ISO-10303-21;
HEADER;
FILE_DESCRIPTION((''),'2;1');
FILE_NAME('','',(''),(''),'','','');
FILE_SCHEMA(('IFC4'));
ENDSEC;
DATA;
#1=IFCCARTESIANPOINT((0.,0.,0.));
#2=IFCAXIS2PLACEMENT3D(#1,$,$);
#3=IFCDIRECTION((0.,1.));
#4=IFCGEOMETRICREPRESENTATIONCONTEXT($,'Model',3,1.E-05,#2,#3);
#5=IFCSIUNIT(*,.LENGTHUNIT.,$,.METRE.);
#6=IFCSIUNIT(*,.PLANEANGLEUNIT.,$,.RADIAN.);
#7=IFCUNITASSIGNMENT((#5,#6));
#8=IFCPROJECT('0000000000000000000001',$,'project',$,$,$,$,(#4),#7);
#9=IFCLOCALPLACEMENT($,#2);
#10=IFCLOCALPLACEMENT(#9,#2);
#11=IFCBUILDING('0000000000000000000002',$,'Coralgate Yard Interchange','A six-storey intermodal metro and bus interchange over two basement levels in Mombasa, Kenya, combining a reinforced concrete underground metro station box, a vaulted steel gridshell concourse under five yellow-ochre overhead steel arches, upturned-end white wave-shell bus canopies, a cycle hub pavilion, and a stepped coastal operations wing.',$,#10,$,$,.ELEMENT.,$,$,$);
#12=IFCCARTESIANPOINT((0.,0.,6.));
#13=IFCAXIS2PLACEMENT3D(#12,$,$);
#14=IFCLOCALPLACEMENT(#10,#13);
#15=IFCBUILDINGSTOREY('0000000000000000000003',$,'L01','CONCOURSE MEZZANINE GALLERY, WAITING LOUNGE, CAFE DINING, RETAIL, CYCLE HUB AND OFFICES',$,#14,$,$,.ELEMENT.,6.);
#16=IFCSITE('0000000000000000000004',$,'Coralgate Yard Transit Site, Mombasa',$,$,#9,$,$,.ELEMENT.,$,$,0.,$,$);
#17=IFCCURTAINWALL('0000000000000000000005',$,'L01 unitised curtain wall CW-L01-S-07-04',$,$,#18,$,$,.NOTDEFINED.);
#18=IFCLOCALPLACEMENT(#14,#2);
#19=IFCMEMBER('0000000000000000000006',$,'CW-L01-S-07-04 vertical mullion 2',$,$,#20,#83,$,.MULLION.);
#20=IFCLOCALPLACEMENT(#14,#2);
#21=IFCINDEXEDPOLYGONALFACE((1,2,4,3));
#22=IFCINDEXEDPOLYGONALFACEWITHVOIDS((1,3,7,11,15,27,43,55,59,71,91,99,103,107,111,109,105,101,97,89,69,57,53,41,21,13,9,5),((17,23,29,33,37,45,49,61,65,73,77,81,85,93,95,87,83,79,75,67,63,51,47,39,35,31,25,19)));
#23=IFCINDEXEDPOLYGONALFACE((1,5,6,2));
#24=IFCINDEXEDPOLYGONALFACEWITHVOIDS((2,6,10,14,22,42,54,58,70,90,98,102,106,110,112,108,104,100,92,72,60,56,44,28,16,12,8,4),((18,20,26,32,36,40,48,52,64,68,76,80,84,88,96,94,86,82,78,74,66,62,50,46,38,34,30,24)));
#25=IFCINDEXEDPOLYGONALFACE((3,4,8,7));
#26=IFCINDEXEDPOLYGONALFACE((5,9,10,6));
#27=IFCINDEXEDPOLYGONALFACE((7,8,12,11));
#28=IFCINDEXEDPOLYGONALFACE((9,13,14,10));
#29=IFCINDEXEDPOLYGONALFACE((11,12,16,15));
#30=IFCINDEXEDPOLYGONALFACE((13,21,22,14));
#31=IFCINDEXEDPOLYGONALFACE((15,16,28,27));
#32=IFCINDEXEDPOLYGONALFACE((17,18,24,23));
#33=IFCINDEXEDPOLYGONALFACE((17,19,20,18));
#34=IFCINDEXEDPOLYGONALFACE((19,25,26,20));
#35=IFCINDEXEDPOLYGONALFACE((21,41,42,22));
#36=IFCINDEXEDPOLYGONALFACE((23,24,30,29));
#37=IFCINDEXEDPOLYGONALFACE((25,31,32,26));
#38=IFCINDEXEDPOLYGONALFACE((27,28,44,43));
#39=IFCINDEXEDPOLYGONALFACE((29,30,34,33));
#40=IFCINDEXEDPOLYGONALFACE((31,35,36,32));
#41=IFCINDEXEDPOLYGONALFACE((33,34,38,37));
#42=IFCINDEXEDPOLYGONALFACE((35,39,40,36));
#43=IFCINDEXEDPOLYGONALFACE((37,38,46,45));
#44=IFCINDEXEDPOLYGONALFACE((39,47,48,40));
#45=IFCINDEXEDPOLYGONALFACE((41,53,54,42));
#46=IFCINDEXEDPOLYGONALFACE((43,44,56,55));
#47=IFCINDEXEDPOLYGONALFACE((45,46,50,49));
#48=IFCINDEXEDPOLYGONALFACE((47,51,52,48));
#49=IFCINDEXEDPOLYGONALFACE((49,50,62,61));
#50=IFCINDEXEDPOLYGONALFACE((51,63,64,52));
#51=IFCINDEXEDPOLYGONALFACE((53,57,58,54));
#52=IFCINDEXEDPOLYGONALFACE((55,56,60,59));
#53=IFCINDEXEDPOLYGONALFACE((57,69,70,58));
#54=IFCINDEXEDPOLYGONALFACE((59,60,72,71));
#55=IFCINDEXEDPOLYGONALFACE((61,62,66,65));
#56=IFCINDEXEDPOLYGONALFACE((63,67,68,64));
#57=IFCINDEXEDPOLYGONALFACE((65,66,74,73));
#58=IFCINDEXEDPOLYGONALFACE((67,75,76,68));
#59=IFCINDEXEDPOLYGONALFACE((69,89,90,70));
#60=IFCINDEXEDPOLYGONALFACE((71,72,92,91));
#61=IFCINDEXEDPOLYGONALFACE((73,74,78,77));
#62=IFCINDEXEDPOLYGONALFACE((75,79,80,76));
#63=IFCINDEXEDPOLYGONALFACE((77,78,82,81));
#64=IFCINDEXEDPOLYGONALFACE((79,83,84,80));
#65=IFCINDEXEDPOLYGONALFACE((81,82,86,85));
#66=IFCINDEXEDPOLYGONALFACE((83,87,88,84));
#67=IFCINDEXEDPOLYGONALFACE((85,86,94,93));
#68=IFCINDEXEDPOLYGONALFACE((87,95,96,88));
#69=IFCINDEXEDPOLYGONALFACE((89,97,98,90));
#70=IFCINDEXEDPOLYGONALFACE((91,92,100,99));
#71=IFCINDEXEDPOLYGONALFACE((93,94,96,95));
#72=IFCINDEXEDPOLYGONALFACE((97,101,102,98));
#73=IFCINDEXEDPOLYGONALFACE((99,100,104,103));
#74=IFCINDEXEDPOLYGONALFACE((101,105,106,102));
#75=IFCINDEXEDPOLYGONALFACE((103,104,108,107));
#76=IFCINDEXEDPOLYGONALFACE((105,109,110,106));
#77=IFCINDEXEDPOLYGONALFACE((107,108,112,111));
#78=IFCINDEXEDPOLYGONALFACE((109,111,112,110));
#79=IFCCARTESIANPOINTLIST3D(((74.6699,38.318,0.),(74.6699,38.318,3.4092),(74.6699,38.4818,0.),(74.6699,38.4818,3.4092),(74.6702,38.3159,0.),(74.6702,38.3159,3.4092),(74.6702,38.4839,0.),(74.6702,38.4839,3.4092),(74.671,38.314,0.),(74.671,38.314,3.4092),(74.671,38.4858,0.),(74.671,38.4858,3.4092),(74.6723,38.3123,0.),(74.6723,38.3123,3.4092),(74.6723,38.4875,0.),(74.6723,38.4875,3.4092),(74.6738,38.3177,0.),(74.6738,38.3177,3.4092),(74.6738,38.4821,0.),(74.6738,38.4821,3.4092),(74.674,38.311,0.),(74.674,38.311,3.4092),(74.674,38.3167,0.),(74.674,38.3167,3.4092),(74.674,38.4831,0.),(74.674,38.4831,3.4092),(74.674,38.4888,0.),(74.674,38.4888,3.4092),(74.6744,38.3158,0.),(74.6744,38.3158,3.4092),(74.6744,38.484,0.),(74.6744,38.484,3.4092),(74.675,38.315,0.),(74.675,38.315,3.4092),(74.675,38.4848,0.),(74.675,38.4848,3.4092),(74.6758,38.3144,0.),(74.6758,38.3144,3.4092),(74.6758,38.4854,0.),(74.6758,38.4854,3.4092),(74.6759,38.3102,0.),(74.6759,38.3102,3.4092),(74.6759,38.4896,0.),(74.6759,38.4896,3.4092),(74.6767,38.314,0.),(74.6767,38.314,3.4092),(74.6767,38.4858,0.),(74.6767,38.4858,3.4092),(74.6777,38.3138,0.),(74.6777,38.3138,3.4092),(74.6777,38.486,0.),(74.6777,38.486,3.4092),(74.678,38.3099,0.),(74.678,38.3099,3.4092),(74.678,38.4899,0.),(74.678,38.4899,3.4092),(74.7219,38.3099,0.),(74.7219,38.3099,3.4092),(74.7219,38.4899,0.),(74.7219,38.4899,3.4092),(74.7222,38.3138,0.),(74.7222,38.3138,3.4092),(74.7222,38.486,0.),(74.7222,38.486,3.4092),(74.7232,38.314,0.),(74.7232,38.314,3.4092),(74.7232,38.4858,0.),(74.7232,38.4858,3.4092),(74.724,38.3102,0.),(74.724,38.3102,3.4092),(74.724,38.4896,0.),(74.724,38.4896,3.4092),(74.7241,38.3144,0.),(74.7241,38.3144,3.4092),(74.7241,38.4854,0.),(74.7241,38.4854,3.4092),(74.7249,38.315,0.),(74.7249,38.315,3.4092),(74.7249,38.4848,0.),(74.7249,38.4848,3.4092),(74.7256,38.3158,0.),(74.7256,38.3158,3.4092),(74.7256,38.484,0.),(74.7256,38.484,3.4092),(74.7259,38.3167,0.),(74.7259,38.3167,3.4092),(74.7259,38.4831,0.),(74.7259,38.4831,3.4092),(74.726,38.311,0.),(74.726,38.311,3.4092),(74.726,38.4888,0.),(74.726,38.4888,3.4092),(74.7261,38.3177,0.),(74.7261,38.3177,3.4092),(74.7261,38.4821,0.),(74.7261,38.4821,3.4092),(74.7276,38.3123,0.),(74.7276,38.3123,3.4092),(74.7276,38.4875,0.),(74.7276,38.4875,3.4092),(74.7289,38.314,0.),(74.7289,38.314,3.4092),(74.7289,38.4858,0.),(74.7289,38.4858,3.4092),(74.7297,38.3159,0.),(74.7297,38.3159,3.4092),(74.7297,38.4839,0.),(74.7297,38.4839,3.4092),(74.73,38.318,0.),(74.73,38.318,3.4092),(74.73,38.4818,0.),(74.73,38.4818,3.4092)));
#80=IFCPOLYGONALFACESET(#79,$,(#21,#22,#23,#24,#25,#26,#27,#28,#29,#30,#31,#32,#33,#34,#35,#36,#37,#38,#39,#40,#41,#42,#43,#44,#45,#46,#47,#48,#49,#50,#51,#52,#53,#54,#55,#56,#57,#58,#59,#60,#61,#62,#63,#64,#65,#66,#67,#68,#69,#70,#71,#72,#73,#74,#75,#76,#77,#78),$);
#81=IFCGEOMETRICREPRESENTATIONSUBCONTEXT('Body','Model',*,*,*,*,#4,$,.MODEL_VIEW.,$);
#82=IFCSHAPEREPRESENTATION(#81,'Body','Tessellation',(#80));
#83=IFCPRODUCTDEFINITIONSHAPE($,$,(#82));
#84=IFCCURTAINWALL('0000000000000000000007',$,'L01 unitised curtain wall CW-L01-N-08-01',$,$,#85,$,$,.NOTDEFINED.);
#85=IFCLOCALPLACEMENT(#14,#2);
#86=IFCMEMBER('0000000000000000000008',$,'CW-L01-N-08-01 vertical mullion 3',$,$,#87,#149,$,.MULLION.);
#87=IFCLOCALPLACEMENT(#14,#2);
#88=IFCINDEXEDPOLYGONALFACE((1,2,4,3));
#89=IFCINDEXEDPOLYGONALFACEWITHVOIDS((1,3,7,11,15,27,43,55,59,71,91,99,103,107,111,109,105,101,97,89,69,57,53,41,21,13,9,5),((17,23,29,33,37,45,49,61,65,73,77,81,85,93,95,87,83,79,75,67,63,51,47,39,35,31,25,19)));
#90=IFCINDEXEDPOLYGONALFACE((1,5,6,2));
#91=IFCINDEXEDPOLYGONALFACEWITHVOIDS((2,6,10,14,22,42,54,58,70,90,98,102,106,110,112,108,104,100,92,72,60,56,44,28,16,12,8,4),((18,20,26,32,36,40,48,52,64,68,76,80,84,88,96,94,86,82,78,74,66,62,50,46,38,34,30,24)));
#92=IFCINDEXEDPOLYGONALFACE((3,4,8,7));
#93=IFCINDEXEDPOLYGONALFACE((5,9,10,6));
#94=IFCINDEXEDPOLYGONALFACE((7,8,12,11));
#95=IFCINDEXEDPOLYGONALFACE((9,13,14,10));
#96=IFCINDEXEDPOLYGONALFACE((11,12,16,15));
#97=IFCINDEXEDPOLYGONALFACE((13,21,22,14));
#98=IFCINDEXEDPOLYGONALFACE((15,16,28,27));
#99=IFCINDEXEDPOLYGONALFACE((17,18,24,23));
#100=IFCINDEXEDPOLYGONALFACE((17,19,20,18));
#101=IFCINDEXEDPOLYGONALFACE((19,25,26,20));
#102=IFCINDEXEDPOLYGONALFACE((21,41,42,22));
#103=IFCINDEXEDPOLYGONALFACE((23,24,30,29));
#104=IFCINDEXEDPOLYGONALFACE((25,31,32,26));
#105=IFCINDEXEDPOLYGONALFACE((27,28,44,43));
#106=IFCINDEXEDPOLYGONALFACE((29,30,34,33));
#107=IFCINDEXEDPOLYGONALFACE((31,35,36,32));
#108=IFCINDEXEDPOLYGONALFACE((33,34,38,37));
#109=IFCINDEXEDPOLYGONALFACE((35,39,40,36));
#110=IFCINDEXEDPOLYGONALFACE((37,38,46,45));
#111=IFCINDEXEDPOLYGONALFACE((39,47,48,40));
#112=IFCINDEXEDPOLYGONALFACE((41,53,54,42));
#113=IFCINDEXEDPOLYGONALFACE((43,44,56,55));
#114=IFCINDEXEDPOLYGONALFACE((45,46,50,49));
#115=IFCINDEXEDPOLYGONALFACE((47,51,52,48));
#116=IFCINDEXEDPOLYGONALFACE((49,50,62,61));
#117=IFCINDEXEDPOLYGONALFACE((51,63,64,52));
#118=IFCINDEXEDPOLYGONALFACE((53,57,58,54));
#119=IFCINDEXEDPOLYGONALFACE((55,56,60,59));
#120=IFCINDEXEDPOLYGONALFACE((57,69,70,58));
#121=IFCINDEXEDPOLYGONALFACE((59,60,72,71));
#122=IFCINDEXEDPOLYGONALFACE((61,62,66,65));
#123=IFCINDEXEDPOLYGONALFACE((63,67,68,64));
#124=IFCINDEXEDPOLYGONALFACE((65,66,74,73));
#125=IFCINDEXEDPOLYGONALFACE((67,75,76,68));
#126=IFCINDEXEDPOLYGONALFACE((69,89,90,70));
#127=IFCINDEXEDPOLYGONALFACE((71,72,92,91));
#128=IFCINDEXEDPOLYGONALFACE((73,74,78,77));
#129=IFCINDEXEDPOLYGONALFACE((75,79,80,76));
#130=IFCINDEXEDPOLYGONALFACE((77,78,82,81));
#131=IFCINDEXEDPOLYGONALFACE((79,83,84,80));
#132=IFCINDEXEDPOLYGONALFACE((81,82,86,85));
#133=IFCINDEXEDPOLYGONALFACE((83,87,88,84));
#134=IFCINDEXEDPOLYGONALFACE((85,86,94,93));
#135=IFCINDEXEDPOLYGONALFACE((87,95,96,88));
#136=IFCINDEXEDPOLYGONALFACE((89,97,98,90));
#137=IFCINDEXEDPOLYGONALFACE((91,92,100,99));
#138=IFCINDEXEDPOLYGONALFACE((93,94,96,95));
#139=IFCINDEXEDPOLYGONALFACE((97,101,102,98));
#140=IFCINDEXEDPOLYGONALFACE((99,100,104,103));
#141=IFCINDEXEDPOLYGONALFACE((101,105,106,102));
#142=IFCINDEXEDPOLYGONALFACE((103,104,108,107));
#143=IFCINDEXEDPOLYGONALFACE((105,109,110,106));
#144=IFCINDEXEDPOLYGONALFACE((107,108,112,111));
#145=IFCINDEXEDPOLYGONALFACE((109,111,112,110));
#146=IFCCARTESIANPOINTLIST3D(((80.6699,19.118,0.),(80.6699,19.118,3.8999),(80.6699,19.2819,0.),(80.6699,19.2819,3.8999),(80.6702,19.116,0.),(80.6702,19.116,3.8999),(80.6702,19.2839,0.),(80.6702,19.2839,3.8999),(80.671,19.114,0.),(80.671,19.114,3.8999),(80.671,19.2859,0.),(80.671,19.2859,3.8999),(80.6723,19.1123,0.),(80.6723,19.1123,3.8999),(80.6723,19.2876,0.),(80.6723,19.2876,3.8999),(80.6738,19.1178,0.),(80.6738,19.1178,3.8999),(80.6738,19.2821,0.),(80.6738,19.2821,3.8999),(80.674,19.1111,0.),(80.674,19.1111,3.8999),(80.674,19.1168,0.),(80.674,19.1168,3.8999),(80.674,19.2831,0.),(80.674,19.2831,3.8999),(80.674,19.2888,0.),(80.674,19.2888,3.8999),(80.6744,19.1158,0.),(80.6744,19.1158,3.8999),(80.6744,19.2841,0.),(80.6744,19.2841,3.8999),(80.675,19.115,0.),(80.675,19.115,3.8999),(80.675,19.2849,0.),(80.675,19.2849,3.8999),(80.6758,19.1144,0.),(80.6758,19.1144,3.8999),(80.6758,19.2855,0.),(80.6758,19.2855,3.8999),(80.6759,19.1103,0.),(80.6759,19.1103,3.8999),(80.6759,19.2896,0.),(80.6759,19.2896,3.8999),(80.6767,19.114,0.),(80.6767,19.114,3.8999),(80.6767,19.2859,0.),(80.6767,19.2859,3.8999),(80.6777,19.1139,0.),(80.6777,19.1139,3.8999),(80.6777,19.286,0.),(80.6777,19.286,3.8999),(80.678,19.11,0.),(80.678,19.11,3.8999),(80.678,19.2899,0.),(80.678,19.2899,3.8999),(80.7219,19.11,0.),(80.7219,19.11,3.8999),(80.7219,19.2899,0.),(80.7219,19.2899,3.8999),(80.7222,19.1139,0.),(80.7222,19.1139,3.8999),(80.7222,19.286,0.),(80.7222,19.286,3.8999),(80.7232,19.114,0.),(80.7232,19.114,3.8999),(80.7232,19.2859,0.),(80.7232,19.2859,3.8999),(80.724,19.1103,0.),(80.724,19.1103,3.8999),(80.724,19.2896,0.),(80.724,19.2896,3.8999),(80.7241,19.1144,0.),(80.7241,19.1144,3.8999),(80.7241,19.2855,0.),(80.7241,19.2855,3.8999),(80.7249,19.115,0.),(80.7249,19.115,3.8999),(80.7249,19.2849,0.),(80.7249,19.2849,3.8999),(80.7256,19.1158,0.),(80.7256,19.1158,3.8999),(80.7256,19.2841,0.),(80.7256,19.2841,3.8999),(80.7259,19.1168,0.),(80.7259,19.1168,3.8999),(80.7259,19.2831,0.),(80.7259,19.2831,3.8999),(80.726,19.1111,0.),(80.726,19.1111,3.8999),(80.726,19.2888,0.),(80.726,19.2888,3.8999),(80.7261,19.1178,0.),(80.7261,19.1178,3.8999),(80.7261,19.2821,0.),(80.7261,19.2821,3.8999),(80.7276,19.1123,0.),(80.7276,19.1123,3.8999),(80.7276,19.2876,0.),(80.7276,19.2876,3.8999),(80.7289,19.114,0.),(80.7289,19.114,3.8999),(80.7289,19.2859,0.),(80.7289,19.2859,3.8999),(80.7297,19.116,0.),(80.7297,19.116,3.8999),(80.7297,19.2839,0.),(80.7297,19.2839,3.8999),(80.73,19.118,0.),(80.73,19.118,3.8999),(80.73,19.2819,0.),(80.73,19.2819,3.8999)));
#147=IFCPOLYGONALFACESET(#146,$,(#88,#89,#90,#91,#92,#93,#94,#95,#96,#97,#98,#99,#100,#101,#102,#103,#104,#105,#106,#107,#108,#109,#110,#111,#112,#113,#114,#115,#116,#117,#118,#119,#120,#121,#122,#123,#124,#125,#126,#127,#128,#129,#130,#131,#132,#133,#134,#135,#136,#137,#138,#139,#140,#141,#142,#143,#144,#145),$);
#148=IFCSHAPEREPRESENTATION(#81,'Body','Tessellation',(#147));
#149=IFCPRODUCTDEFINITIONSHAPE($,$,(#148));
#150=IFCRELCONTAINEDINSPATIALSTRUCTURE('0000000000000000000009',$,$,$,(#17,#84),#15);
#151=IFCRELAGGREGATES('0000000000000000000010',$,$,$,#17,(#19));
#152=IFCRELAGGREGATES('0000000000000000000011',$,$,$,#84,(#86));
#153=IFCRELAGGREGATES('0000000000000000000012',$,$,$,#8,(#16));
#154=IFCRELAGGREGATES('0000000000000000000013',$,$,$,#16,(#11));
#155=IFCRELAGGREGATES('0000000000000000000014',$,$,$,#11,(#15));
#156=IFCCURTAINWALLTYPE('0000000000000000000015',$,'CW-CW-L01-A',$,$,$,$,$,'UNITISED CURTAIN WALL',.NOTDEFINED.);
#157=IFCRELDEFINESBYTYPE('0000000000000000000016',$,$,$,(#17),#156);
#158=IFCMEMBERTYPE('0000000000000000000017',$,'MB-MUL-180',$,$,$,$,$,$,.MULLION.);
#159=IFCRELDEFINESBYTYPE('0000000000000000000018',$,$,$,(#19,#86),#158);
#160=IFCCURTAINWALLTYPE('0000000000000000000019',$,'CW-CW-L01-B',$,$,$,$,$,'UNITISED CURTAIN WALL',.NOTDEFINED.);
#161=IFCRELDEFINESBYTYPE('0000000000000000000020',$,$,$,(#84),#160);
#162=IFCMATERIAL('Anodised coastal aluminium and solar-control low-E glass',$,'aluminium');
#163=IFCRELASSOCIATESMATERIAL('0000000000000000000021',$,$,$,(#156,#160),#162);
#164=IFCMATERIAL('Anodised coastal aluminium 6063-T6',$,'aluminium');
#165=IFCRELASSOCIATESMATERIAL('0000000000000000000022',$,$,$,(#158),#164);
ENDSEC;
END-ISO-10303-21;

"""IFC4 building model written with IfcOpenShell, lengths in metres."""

from ifc_helpers import new_model, si_unit, direction, frame, origin, origin_2d, place, context, subcontext, project, spatial, hollow_rectangle, extrude, material, material_profile, profile_set, type_object, element, aggregate, save


model = new_model("IFC4")

# Units and contexts
model_context = context("Model", 3, precision=1e-05, world=origin(), true_north=direction((0.0, 1.0)))
body_context = subcontext(model_context, "Body", "Model", "MODEL_VIEW")
ifc_project = project(units=[si_unit("LENGTHUNIT", "METRE"), si_unit("PLANEANGLEUNIT", "RADIAN")], contexts=[model_context])

# Site, building, storey
site_placement = place(None, origin())
site = spatial("IfcSite", under=ifc_project, at=site_placement, Name="Coralgate Yard Transit Site, Mombasa", CompositionType="ELEMENT", RefElevation=0.0)
building_placement = place(site_placement, origin())
building = spatial("IfcBuilding", under=site, at=building_placement, Name="Coralgate Yard Interchange", Description="A six-storey intermodal metro and bus interchange over two basement levels in Mombasa, Kenya, combining a reinforced concrete underground metro station box, a vaulted steel gridshell concourse under five yellow-ochre overhead steel arches, upturned-end white wave-shell bus canopies, a cycle hub pavilion, and a stepped coastal operations wing.", CompositionType="ELEMENT")
storey_placement = place(building_placement, frame((0.0, 0.0, 6.0)))
storey = spatial("IfcBuildingStorey", under=building, at=storey_placement, Name="L01", Description="CONCOURSE MEZZANINE GALLERY, WAITING LOUNGE, CAFE DINING, RETAIL, CYCLE HUB AND OFFICES", CompositionType="ELEMENT", Elevation=6.0)

# Curtain wall, member
ifc_material_1 = material(Name="Anodised coastal aluminium and solar-control low-E glass", Category="aluminium")
curtain_wall_type_1 = type_object("IfcCurtainWallType", Name="CW-CW-L01-A", ElementType="UNITISED CURTAIN WALL", PredefinedType="NOTDEFINED", material=ifc_material_1)
curtain_wall_1_placement = place(storey_placement, origin())
curtain_wall_1 = element("IfcCurtainWall", 1, at=curtain_wall_1_placement, inside=storey, type_object=curtain_wall_type_1, Name="L01 unitised curtain wall CW-L01-S-07-04", PredefinedType="NOTDEFINED")
ifc_material_2 = material(Name="Anodised coastal aluminium 6063-T6", Category="aluminium")
ifc_material_profile_1 = material_profile(ifc_material_2, hollow_rectangle(XDim=0.0601, YDim=0.1799, WallThickness=0.0039, InnerFilletRadius=0.0039, OuterFilletRadius=0.0081, at=origin_2d()), Name="ALU 60x180x4")
ifc_profile_set_1 = profile_set([ifc_material_profile_1], Name="Anodised coastal aluminium 6063-T6")
member_type_1 = type_object("IfcMemberType", Name="MB-MUL-180", PredefinedType="MULLION", material=ifc_profile_set_1)
member_1_placement = place(storey_placement, frame((74.7, 38.3999, 0.0), z_axis=(0.0, 0.0, 1.0), x_axis=(1.0, 0.0, 0.0)))
member_1 = element("IfcMember", 2, at=member_1_placement, type_object=member_type_1, Name="CW-L01-S-07-04 vertical mullion 2", PredefinedType="MULLION", context=body_context, shape_type="SweptSolid", body=[
    extrude(hollow_rectangle(XDim=0.0601, YDim=0.1799, WallThickness=0.0039, InnerFilletRadius=0.0039, OuterFilletRadius=0.0081, at=origin_2d()), origin(), (0.0, 0.0, 1.0), 3.4092),
])

# Curtain wall, member
curtain_wall_type_2 = type_object("IfcCurtainWallType", Name="CW-CW-L01-B", ElementType="UNITISED CURTAIN WALL", PredefinedType="NOTDEFINED", material=ifc_material_1)
curtain_wall_2_placement = place(storey_placement, origin())
curtain_wall_2 = element("IfcCurtainWall", 3, at=curtain_wall_2_placement, inside=storey, type_object=curtain_wall_type_2, Name="L01 unitised curtain wall CW-L01-N-08-01", PredefinedType="NOTDEFINED")
member_2_placement = place(storey_placement, frame((80.7, 19.2, 0.0), z_axis=(0.0, 0.0, 1.0), x_axis=(1.0, 0.0, 0.0)))
member_2 = element("IfcMember", 4, at=member_2_placement, type_object=member_type_1, Name="CW-L01-N-08-01 vertical mullion 3", PredefinedType="MULLION", context=body_context, shape_type="SweptSolid", body=[
    extrude(hollow_rectangle(XDim=0.0601, YDim=0.1799, WallThickness=0.0039, InnerFilletRadius=0.0039, OuterFilletRadius=0.0081, at=origin_2d()), origin(), (0.0, 0.0, 1.0), 3.8999),
])

aggregate(curtain_wall_1, [member_1])
aggregate(curtain_wall_2, [member_2])

save(model, "model.ifc")
